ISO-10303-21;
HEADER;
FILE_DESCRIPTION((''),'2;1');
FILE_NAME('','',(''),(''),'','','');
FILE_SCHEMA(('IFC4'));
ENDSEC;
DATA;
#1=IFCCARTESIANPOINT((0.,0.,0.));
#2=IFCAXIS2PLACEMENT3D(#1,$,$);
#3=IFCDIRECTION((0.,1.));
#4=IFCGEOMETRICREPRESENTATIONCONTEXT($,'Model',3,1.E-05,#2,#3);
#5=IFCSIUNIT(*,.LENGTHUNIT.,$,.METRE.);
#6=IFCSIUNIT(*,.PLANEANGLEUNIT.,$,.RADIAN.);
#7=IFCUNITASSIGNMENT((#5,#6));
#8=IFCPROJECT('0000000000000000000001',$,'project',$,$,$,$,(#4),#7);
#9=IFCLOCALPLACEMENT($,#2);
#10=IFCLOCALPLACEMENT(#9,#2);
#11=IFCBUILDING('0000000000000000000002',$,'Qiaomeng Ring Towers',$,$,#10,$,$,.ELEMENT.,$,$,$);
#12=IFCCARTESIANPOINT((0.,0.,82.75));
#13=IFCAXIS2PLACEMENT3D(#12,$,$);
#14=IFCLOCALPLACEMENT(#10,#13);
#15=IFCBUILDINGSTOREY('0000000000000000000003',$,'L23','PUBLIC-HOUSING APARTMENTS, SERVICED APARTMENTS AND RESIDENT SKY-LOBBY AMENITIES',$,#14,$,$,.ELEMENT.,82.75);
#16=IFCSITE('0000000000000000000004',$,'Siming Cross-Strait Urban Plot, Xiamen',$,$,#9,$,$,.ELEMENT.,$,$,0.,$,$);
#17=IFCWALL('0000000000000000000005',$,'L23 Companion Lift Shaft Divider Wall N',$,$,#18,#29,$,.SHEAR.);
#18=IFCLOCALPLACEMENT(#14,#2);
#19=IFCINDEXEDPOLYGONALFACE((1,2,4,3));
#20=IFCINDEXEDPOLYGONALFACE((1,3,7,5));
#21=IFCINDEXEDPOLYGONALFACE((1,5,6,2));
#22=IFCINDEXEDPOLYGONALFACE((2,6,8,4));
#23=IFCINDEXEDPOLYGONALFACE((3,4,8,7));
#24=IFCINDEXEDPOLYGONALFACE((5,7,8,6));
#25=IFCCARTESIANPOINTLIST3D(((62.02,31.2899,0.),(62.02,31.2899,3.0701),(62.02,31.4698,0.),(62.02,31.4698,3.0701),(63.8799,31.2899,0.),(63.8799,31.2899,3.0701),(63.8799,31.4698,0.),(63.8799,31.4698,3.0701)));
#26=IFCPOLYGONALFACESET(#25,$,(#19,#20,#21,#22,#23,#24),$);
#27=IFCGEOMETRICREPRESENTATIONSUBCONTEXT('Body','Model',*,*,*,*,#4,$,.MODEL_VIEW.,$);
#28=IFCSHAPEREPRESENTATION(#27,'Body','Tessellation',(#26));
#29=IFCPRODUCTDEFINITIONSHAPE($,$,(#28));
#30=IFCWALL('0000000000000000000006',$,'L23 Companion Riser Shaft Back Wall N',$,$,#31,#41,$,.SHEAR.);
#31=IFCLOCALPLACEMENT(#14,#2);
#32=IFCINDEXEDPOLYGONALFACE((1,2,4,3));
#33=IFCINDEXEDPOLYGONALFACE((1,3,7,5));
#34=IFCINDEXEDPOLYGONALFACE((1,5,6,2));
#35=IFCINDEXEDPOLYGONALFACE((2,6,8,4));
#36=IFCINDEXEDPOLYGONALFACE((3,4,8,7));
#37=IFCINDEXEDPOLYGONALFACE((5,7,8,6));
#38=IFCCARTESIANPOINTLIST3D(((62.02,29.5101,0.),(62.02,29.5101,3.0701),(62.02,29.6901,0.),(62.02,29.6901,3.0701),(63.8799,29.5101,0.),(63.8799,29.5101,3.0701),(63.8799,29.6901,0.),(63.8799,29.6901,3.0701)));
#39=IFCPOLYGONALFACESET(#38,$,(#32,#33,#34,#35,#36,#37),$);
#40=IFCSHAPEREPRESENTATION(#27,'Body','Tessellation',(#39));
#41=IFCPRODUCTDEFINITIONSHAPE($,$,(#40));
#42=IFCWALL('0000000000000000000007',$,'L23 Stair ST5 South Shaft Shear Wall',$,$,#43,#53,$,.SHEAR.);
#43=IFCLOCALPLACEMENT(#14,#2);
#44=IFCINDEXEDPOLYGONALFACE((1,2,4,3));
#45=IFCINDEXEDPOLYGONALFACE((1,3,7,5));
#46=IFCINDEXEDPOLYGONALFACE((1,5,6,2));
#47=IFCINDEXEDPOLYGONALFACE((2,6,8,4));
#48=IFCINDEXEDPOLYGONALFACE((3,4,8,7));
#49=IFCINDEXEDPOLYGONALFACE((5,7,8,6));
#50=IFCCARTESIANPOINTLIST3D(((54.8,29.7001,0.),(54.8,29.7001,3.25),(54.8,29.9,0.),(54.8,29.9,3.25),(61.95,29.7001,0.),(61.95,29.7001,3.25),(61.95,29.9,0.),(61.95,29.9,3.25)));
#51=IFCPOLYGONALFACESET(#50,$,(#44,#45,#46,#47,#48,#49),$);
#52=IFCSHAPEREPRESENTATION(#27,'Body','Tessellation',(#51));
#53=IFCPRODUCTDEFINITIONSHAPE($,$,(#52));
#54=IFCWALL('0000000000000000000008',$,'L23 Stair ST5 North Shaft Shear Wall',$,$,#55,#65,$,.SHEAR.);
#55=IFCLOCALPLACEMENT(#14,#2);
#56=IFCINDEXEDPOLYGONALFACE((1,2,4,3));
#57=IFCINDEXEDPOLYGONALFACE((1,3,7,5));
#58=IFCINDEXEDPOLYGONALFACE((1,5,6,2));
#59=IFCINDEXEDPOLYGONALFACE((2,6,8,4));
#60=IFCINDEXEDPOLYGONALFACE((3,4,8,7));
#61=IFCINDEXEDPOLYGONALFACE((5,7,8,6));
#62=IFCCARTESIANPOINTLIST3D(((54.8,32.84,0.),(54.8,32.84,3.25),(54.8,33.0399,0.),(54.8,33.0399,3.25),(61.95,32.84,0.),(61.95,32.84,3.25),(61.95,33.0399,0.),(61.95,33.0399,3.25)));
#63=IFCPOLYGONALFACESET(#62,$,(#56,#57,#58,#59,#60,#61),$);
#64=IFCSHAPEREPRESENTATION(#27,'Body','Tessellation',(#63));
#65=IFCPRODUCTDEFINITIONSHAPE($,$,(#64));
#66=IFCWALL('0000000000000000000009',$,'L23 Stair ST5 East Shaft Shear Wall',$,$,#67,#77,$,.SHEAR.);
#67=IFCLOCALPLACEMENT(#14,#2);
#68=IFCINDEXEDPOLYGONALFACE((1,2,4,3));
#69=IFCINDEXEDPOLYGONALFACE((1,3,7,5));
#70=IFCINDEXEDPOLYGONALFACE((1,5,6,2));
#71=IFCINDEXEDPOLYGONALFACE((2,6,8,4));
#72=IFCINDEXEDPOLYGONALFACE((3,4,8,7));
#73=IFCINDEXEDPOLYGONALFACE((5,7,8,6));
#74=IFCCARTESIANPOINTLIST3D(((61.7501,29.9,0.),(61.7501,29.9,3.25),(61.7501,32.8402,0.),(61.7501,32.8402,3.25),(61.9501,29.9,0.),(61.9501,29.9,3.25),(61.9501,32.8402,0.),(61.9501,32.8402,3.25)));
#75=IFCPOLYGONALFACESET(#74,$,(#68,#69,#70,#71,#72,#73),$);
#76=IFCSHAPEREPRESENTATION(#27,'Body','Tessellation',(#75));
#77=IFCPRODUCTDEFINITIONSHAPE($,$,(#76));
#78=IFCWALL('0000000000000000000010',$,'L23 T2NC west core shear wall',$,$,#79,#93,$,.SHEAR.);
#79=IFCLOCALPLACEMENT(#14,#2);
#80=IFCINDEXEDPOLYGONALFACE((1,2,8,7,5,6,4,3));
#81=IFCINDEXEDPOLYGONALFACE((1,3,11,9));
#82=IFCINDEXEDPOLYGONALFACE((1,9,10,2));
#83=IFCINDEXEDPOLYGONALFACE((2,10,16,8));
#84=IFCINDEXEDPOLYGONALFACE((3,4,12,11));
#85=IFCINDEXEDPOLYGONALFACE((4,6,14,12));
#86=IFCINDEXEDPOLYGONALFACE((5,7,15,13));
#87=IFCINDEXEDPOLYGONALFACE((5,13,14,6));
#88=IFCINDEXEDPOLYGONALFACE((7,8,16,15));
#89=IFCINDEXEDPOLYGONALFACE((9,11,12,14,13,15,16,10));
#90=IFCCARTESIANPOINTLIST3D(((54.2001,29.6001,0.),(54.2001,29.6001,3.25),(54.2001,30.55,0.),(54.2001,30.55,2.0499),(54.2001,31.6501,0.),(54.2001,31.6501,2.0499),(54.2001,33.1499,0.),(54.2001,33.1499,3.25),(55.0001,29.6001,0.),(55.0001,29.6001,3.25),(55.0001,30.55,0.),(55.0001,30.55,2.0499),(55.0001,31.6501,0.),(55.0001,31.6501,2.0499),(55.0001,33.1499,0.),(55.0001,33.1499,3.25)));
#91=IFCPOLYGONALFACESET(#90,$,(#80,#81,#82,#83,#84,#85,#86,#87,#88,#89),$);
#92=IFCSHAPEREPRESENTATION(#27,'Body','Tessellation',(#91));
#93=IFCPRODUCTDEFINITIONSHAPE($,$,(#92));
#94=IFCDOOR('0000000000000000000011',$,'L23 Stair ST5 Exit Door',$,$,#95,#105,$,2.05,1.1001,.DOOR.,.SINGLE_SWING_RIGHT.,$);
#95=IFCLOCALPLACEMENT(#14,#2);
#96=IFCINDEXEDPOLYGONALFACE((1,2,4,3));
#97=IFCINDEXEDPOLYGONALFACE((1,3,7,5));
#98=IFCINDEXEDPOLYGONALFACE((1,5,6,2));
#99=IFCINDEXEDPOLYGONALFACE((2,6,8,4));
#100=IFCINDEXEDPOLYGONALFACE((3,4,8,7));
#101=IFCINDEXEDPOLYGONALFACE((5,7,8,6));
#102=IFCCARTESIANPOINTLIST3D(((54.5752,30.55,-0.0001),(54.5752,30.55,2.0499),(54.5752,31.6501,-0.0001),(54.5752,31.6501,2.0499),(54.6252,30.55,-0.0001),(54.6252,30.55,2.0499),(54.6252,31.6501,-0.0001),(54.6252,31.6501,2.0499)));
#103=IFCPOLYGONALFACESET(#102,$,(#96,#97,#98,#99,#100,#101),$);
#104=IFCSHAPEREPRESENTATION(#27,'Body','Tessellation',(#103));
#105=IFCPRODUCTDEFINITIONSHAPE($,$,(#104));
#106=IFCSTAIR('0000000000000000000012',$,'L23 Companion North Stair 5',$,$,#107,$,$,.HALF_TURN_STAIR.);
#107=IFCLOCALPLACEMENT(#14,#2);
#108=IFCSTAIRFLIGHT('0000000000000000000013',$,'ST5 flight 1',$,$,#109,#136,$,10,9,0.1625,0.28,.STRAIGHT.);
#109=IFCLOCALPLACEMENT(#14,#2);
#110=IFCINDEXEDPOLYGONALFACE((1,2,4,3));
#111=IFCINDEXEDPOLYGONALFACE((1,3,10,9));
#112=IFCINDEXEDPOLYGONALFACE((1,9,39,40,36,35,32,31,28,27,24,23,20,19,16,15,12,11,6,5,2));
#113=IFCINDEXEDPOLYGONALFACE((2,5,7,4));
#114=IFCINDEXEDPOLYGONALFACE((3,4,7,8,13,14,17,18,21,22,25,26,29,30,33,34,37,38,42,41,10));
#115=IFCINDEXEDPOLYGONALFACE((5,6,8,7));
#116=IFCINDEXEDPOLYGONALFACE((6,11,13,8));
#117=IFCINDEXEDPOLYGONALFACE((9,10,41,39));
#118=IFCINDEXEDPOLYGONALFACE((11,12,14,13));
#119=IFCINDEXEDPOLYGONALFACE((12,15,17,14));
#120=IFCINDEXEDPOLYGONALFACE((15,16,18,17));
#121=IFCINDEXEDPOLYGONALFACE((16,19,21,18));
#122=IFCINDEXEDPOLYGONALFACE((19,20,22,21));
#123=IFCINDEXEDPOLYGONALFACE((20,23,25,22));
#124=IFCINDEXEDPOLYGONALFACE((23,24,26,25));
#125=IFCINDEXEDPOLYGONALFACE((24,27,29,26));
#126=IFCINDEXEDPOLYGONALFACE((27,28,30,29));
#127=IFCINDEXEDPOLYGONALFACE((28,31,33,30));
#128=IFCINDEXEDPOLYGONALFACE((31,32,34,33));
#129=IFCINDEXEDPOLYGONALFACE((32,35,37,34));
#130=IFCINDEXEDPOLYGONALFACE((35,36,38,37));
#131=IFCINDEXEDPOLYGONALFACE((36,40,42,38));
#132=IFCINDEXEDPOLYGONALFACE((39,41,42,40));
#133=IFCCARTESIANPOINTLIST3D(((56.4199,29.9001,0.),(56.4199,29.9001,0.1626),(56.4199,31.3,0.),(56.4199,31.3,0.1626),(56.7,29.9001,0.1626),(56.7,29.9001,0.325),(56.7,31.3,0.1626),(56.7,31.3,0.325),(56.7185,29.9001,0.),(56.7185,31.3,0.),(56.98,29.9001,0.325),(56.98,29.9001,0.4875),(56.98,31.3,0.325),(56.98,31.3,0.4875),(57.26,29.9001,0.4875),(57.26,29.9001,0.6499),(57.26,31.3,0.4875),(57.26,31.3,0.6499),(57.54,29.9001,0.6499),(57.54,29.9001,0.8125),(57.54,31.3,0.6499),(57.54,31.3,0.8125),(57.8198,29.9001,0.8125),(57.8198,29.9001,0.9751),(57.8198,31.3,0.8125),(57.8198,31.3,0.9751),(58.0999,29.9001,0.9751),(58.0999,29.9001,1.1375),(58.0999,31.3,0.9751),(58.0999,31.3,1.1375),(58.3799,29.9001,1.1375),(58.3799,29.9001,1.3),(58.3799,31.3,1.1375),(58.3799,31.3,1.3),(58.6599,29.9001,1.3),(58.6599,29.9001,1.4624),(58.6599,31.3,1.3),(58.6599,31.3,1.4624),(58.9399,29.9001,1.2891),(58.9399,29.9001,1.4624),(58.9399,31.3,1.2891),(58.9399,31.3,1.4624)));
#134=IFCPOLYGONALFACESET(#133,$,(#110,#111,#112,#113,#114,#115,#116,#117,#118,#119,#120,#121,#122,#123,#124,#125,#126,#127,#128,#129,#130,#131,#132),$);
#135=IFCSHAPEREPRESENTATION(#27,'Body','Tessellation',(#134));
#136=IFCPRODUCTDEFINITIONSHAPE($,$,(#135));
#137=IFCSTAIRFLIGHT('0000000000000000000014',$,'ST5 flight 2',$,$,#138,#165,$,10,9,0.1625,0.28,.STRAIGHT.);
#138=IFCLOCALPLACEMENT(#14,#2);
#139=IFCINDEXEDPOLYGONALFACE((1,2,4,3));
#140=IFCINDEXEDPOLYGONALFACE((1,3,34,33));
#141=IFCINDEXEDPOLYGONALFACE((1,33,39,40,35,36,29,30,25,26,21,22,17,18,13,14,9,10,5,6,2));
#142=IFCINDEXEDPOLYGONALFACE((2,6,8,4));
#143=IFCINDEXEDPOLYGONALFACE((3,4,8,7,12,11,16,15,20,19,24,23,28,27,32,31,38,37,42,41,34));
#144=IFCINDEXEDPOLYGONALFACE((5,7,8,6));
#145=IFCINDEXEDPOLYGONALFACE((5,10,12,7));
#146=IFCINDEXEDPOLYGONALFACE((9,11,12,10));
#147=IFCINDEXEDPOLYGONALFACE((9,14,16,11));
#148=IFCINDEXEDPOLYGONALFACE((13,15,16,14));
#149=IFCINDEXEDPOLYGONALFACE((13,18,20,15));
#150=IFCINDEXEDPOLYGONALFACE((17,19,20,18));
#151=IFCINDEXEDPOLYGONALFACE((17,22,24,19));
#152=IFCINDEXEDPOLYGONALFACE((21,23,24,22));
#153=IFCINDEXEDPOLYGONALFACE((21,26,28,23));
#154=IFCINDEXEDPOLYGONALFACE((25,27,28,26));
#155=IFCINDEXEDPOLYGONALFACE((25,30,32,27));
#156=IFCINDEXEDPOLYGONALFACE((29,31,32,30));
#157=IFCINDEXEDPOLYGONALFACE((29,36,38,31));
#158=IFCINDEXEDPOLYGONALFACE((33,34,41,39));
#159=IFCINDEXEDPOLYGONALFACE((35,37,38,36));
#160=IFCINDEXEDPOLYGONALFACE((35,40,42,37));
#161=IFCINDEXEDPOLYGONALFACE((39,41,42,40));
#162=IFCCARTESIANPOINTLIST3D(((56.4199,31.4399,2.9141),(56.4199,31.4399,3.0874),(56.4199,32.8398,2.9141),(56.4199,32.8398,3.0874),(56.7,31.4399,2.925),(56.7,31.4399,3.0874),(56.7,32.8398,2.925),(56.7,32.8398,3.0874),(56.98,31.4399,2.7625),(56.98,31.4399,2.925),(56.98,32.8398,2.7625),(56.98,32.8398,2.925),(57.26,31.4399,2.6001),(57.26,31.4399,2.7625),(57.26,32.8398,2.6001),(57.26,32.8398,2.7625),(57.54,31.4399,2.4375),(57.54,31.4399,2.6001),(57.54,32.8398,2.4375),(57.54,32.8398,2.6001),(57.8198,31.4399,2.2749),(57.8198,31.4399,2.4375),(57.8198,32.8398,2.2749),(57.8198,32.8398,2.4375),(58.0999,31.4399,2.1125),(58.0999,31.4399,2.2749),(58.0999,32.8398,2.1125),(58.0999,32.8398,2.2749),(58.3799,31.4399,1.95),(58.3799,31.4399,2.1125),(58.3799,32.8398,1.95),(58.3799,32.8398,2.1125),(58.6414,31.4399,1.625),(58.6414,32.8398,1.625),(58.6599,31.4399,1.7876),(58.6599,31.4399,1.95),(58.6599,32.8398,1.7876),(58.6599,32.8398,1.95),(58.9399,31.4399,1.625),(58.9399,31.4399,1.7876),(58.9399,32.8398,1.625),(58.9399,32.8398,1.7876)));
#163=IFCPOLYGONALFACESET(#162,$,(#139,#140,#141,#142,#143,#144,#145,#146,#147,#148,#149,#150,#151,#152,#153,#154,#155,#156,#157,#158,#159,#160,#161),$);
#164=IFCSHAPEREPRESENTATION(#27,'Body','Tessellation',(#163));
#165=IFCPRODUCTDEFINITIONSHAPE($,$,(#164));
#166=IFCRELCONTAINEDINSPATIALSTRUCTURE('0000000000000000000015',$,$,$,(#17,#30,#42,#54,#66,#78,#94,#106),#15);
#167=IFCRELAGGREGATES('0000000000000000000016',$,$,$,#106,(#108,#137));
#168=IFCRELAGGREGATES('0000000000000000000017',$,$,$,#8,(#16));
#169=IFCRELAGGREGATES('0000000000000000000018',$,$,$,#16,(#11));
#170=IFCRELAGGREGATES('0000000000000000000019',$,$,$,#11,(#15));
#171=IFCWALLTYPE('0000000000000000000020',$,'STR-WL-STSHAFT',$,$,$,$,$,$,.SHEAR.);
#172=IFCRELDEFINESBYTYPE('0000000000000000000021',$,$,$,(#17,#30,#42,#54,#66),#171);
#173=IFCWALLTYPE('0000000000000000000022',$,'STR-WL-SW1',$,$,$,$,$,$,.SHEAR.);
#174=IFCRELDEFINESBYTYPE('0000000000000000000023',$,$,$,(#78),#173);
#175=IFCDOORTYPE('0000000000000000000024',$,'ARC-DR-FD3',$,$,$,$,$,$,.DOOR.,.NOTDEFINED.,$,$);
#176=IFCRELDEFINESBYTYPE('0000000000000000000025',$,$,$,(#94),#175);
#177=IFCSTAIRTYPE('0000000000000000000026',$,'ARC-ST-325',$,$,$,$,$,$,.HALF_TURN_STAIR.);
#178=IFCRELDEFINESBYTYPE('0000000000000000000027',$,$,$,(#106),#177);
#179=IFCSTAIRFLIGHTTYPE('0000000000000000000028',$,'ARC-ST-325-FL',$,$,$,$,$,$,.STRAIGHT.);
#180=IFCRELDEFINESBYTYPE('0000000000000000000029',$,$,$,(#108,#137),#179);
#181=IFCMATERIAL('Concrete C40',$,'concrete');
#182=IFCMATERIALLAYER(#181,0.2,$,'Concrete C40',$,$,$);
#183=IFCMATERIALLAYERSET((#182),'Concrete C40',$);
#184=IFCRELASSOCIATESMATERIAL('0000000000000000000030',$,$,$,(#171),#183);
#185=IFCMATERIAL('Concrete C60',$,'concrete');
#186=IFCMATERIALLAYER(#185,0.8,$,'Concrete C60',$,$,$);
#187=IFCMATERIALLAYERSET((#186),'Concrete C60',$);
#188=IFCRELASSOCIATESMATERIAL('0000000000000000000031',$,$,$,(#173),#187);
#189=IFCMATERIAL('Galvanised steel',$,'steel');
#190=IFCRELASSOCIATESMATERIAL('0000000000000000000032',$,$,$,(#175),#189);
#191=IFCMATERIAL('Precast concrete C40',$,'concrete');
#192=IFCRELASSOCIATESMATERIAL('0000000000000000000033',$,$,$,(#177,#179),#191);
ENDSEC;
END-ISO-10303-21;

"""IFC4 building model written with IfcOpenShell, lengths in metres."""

from ifc_helpers import new_model, si_unit, direction, frame, frame_2d, origin, place, context, subcontext, project, spatial, polyline, rectangle, outline, extrude, source, transform, mapped, material, layer, layer_set, type_object, element, fill, aggregate, save


model = new_model("IFC4")

# Units and contexts
model_context = context("Model", 3, precision=1e-05, world=origin(), true_north=direction((0.0, 1.0)))
body_context = subcontext(model_context, "Body", "Model", "MODEL_VIEW")
ifc_project = project(units=[si_unit("LENGTHUNIT", "METRE"), si_unit("PLANEANGLEUNIT", "RADIAN")], contexts=[model_context])

# Site, building, storey
site_placement = place(None, origin())
site = spatial("IfcSite", under=ifc_project, at=site_placement, Name="Siming Cross-Strait Urban Plot, Xiamen", CompositionType="ELEMENT", RefElevation=0.0)
building_placement = place(site_placement, origin())
building = spatial("IfcBuilding", under=site, at=building_placement, Name="Qiaomeng Ring Towers", CompositionType="ELEMENT")
storey_placement = place(building_placement, frame((0.0, 0.0, 82.75)))
storey = spatial("IfcBuildingStorey", under=building, at=storey_placement, Name="L23", Description="PUBLIC-HOUSING APARTMENTS, SERVICED APARTMENTS AND RESIDENT SKY-LOBBY AMENITIES", CompositionType="ELEMENT", Elevation=82.75)

# Walls
ifc_material_1 = material(Name="Concrete C40", Category="concrete")
ifc_layer_1 = layer(ifc_material_1, 0.2, Name="Concrete C40")
ifc_layer_set_1 = layer_set([ifc_layer_1], Name="Concrete C40")
wall_type_1 = type_object("IfcWallType", Name="STR-WL-STSHAFT", PredefinedType="SHEAR", material=ifc_layer_set_1)
for number, where, z_axis, x_axis, name in (
    (1, (62.02, 31.3799, 0.0), (0.0, 0.0, 1.0), (1.0, 0.0, 0.0), "L23 Companion Lift Shaft Divider Wall N"),
    (2, (62.02, 29.6001, 0.0), (0.0, 0.0, 1.0), (1.0, 0.0, 0.0), "L23 Companion Riser Shaft Back Wall N"),
):
    element("IfcWall", number, at=place(storey_placement, frame(where, z_axis=z_axis, x_axis=x_axis)), inside=storey, type_object=wall_type_1, Name=name, PredefinedType="SHEAR", context=body_context, shape_type="SweptSolid", body=[
        extrude(rectangle(XDim=1.8599, YDim=0.1799, at=frame_2d((0.9299, 0.0))), origin(), (0.0, 0.0, 1.0), 3.0701),
    ])
for number, where, z_axis, x_axis, name in (
    (3, (54.8, 29.8, 0.0), (0.0, 0.0, 1.0), (1.0, 0.0, 0.0), "L23 Stair ST5 South Shaft Shear Wall"),
    (4, (54.8, 32.9399, 0.0), (0.0, 0.0, 1.0), (1.0, 0.0, 0.0), "L23 Stair ST5 North Shaft Shear Wall"),
):
    element("IfcWall", number, at=place(storey_placement, frame(where, z_axis=z_axis, x_axis=x_axis)), inside=storey, type_object=wall_type_1, Name=name, PredefinedType="SHEAR", context=body_context, shape_type="SweptSolid", body=[
        extrude(rectangle(XDim=7.1499, YDim=0.2, at=frame_2d((3.575, 0.0))), origin(), (0.0, 0.0, 1.0), 3.25),
    ])
wall_1_placement = place(storey_placement, frame((61.8501, 29.8999, 0.0), z_axis=(0.0, 0.0, 1.0), x_axis=(0.0, 1.0, 0.0)))
element("IfcWall", 5, at=wall_1_placement, inside=storey, type_object=wall_type_1, Name="L23 Stair ST5 East Shaft Shear Wall", PredefinedType="SHEAR", context=body_context, shape_type="SweptSolid", body=[
    extrude(rectangle(XDim=2.9402, YDim=0.2, at=frame_2d((1.4702, 0.0))), origin(), (0.0, 0.0, 1.0), 3.25),
])

# Wall, opening, door
ifc_material_2 = material(Name="Concrete C60", Category="concrete")
ifc_layer_2 = layer(ifc_material_2, 0.8, Name="Concrete C60")
ifc_layer_set_2 = layer_set([ifc_layer_2], Name="Concrete C60")
wall_type_2 = type_object("IfcWallType", Name="STR-WL-SW1", PredefinedType="SHEAR", material=ifc_layer_set_2)
wall_2_placement = place(storey_placement, frame((54.6001, 29.6001, 0.0), z_axis=(0.0, 0.0, 1.0), x_axis=(0.0, 1.0, 0.0)))
wall_2 = element("IfcWall", 6, at=wall_2_placement, inside=storey, type_object=wall_type_2, Name="L23 T2NC west core shear wall", PredefinedType="SHEAR", context=body_context, shape_type="SweptSolid", body=[
    extrude(rectangle(XDim=3.5498, YDim=0.8, at=frame_2d((1.7749, 0.0))), origin(), (0.0, 0.0, 1.0), 3.25),
])
opening_placement = place(wall_2_placement, frame((0.95, 0.0, 0.0)))
opening = element("IfcOpeningElement", 7, at=opening_placement, cuts=wall_2, PredefinedType="OPENING", context=body_context, shape_type="SweptSolid", body=[
    extrude(rectangle(XDim=1.1001, YDim=2.05, at=frame_2d((0.55, 1.0249))), frame((0.0, 0.4099, 0.0), z_axis=(0.0, -1.0, 0.0), x_axis=(1.0, 0.0, 0.0)), (0.0, 0.0, 1.0), 0.8201),
])
ifc_material_3 = material(Name="Galvanised steel", Category="steel")
door_type = type_object("IfcDoorType", Name="ARC-DR-FD3", OperationType="NOTDEFINED", PredefinedType="DOOR", material=ifc_material_3)
shared_shape_1 = source(origin(), body_context, "Body", "SweptSolid", [
    extrude(rectangle(XDim=1.1001, YDim=2.05, at=frame_2d((0.55, 1.0249))), frame((0.0, 0.0249, 0.0), z_axis=(0.0, -1.0, 0.0), x_axis=(1.0, 0.0, 0.0)), (0.0, 0.0, 1.0), 0.05),
])
door_placement = place(opening_placement, origin())
door = element("IfcDoor", 8, at=door_placement, inside=storey, type_object=door_type, Name="L23 Stair ST5 Exit Door", OperationType="SINGLE_SWING_RIGHT", OverallHeight=2.05, OverallWidth=1.1001, PredefinedType="DOOR", context=body_context, shape_type="MappedRepresentation", body=[
    mapped(shared_shape_1, transform((0.0, 0.0, 0.0), x_axis=(1.0, 0.0, 0.0), y_axis=(0.0, 1.0, 0.0), z_axis=(0.0, 0.0, 1.0), scale=1.0)),
])
fill(opening, door)

# Stair, stair flights
ifc_material_4 = material(Name="Precast concrete C40", Category="concrete")
stair_type = type_object("IfcStairType", Name="ARC-ST-325", PredefinedType="HALF_TURN_STAIR", material=ifc_material_4)
stair_placement = place(storey_placement, origin())
stair = element("IfcStair", 9, at=stair_placement, inside=storey, type_object=stair_type, Name="L23 Companion North Stair 5", PredefinedType="HALF_TURN_STAIR")
stair_flight_type = type_object("IfcStairFlightType", Name="ARC-ST-325-FL", PredefinedType="STRAIGHT", material=ifc_material_4)
shared_shape_2 = source(origin(), body_context, "Body", "SweptSolid", [
    extrude(outline(polyline([(0.0, 0.0), (0.0, 0.1626), (0.28, 0.1626), (0.28, 0.325), (0.5601, 0.325), (0.5601, 0.4875), (0.8401, 0.4875), (0.8401, 0.6499), (1.1201, 0.6499), (1.1201, 0.8125), (1.3999, 0.8125), (1.3999, 0.9751), (1.6799, 0.9751), (1.6799, 1.1375), (1.96, 1.1375), (1.96, 1.3), (2.24, 1.3), (2.24, 1.4624), (2.52, 1.4624), (2.52, 1.625), (2.52, 1.2891), (0.2986, 0.0), (0.0, 0.0)])), frame((0.0, 0.7, 0.0), z_axis=(0.0, -1.0, 0.0), x_axis=(1.0, 0.0, 0.0)), (0.0, 0.0, 1.0), 1.3999),
])
stair_flight_1_placement = place(storey_placement, frame((56.4199, 30.6001, 0.0), z_axis=(0.0, 0.0, 1.0), x_axis=(1.0, 0.0, 0.0)))
stair_flight_1 = element("IfcStairFlight", 10, at=stair_flight_1_placement, type_object=stair_flight_type, Name="ST5 flight 1", NumberOfRisers=10, NumberOfTreads=9, PredefinedType="STRAIGHT", RiserHeight=0.1625, TreadLength=0.28, context=body_context, shape_type="MappedRepresentation", body=[
    mapped(shared_shape_2, transform((0.0, 0.0, 0.0), x_axis=(1.0, 0.0, 0.0), y_axis=(0.0, 1.0, 0.0), z_axis=(0.0, 0.0, 1.0), scale=1.0)),
])
stair_flight_2_placement = place(storey_placement, frame((58.9399, 32.1399, 1.625), z_axis=(0.0, 0.0, 1.0), x_axis=(-1.0, 0.0, 0.0)))
stair_flight_2 = element("IfcStairFlight", 11, at=stair_flight_2_placement, type_object=stair_flight_type, Name="ST5 flight 2", NumberOfRisers=10, NumberOfTreads=9, PredefinedType="STRAIGHT", RiserHeight=0.1625, TreadLength=0.28, context=body_context, shape_type="MappedRepresentation", body=[
    mapped(shared_shape_2, transform((0.0, 0.0, 0.0), x_axis=(1.0, 0.0, 0.0), y_axis=(0.0, 1.0, 0.0), z_axis=(0.0, 0.0, 1.0), scale=1.0)),
])
aggregate(stair, [stair_flight_1, stair_flight_2])

save(model, "model.ifc")
